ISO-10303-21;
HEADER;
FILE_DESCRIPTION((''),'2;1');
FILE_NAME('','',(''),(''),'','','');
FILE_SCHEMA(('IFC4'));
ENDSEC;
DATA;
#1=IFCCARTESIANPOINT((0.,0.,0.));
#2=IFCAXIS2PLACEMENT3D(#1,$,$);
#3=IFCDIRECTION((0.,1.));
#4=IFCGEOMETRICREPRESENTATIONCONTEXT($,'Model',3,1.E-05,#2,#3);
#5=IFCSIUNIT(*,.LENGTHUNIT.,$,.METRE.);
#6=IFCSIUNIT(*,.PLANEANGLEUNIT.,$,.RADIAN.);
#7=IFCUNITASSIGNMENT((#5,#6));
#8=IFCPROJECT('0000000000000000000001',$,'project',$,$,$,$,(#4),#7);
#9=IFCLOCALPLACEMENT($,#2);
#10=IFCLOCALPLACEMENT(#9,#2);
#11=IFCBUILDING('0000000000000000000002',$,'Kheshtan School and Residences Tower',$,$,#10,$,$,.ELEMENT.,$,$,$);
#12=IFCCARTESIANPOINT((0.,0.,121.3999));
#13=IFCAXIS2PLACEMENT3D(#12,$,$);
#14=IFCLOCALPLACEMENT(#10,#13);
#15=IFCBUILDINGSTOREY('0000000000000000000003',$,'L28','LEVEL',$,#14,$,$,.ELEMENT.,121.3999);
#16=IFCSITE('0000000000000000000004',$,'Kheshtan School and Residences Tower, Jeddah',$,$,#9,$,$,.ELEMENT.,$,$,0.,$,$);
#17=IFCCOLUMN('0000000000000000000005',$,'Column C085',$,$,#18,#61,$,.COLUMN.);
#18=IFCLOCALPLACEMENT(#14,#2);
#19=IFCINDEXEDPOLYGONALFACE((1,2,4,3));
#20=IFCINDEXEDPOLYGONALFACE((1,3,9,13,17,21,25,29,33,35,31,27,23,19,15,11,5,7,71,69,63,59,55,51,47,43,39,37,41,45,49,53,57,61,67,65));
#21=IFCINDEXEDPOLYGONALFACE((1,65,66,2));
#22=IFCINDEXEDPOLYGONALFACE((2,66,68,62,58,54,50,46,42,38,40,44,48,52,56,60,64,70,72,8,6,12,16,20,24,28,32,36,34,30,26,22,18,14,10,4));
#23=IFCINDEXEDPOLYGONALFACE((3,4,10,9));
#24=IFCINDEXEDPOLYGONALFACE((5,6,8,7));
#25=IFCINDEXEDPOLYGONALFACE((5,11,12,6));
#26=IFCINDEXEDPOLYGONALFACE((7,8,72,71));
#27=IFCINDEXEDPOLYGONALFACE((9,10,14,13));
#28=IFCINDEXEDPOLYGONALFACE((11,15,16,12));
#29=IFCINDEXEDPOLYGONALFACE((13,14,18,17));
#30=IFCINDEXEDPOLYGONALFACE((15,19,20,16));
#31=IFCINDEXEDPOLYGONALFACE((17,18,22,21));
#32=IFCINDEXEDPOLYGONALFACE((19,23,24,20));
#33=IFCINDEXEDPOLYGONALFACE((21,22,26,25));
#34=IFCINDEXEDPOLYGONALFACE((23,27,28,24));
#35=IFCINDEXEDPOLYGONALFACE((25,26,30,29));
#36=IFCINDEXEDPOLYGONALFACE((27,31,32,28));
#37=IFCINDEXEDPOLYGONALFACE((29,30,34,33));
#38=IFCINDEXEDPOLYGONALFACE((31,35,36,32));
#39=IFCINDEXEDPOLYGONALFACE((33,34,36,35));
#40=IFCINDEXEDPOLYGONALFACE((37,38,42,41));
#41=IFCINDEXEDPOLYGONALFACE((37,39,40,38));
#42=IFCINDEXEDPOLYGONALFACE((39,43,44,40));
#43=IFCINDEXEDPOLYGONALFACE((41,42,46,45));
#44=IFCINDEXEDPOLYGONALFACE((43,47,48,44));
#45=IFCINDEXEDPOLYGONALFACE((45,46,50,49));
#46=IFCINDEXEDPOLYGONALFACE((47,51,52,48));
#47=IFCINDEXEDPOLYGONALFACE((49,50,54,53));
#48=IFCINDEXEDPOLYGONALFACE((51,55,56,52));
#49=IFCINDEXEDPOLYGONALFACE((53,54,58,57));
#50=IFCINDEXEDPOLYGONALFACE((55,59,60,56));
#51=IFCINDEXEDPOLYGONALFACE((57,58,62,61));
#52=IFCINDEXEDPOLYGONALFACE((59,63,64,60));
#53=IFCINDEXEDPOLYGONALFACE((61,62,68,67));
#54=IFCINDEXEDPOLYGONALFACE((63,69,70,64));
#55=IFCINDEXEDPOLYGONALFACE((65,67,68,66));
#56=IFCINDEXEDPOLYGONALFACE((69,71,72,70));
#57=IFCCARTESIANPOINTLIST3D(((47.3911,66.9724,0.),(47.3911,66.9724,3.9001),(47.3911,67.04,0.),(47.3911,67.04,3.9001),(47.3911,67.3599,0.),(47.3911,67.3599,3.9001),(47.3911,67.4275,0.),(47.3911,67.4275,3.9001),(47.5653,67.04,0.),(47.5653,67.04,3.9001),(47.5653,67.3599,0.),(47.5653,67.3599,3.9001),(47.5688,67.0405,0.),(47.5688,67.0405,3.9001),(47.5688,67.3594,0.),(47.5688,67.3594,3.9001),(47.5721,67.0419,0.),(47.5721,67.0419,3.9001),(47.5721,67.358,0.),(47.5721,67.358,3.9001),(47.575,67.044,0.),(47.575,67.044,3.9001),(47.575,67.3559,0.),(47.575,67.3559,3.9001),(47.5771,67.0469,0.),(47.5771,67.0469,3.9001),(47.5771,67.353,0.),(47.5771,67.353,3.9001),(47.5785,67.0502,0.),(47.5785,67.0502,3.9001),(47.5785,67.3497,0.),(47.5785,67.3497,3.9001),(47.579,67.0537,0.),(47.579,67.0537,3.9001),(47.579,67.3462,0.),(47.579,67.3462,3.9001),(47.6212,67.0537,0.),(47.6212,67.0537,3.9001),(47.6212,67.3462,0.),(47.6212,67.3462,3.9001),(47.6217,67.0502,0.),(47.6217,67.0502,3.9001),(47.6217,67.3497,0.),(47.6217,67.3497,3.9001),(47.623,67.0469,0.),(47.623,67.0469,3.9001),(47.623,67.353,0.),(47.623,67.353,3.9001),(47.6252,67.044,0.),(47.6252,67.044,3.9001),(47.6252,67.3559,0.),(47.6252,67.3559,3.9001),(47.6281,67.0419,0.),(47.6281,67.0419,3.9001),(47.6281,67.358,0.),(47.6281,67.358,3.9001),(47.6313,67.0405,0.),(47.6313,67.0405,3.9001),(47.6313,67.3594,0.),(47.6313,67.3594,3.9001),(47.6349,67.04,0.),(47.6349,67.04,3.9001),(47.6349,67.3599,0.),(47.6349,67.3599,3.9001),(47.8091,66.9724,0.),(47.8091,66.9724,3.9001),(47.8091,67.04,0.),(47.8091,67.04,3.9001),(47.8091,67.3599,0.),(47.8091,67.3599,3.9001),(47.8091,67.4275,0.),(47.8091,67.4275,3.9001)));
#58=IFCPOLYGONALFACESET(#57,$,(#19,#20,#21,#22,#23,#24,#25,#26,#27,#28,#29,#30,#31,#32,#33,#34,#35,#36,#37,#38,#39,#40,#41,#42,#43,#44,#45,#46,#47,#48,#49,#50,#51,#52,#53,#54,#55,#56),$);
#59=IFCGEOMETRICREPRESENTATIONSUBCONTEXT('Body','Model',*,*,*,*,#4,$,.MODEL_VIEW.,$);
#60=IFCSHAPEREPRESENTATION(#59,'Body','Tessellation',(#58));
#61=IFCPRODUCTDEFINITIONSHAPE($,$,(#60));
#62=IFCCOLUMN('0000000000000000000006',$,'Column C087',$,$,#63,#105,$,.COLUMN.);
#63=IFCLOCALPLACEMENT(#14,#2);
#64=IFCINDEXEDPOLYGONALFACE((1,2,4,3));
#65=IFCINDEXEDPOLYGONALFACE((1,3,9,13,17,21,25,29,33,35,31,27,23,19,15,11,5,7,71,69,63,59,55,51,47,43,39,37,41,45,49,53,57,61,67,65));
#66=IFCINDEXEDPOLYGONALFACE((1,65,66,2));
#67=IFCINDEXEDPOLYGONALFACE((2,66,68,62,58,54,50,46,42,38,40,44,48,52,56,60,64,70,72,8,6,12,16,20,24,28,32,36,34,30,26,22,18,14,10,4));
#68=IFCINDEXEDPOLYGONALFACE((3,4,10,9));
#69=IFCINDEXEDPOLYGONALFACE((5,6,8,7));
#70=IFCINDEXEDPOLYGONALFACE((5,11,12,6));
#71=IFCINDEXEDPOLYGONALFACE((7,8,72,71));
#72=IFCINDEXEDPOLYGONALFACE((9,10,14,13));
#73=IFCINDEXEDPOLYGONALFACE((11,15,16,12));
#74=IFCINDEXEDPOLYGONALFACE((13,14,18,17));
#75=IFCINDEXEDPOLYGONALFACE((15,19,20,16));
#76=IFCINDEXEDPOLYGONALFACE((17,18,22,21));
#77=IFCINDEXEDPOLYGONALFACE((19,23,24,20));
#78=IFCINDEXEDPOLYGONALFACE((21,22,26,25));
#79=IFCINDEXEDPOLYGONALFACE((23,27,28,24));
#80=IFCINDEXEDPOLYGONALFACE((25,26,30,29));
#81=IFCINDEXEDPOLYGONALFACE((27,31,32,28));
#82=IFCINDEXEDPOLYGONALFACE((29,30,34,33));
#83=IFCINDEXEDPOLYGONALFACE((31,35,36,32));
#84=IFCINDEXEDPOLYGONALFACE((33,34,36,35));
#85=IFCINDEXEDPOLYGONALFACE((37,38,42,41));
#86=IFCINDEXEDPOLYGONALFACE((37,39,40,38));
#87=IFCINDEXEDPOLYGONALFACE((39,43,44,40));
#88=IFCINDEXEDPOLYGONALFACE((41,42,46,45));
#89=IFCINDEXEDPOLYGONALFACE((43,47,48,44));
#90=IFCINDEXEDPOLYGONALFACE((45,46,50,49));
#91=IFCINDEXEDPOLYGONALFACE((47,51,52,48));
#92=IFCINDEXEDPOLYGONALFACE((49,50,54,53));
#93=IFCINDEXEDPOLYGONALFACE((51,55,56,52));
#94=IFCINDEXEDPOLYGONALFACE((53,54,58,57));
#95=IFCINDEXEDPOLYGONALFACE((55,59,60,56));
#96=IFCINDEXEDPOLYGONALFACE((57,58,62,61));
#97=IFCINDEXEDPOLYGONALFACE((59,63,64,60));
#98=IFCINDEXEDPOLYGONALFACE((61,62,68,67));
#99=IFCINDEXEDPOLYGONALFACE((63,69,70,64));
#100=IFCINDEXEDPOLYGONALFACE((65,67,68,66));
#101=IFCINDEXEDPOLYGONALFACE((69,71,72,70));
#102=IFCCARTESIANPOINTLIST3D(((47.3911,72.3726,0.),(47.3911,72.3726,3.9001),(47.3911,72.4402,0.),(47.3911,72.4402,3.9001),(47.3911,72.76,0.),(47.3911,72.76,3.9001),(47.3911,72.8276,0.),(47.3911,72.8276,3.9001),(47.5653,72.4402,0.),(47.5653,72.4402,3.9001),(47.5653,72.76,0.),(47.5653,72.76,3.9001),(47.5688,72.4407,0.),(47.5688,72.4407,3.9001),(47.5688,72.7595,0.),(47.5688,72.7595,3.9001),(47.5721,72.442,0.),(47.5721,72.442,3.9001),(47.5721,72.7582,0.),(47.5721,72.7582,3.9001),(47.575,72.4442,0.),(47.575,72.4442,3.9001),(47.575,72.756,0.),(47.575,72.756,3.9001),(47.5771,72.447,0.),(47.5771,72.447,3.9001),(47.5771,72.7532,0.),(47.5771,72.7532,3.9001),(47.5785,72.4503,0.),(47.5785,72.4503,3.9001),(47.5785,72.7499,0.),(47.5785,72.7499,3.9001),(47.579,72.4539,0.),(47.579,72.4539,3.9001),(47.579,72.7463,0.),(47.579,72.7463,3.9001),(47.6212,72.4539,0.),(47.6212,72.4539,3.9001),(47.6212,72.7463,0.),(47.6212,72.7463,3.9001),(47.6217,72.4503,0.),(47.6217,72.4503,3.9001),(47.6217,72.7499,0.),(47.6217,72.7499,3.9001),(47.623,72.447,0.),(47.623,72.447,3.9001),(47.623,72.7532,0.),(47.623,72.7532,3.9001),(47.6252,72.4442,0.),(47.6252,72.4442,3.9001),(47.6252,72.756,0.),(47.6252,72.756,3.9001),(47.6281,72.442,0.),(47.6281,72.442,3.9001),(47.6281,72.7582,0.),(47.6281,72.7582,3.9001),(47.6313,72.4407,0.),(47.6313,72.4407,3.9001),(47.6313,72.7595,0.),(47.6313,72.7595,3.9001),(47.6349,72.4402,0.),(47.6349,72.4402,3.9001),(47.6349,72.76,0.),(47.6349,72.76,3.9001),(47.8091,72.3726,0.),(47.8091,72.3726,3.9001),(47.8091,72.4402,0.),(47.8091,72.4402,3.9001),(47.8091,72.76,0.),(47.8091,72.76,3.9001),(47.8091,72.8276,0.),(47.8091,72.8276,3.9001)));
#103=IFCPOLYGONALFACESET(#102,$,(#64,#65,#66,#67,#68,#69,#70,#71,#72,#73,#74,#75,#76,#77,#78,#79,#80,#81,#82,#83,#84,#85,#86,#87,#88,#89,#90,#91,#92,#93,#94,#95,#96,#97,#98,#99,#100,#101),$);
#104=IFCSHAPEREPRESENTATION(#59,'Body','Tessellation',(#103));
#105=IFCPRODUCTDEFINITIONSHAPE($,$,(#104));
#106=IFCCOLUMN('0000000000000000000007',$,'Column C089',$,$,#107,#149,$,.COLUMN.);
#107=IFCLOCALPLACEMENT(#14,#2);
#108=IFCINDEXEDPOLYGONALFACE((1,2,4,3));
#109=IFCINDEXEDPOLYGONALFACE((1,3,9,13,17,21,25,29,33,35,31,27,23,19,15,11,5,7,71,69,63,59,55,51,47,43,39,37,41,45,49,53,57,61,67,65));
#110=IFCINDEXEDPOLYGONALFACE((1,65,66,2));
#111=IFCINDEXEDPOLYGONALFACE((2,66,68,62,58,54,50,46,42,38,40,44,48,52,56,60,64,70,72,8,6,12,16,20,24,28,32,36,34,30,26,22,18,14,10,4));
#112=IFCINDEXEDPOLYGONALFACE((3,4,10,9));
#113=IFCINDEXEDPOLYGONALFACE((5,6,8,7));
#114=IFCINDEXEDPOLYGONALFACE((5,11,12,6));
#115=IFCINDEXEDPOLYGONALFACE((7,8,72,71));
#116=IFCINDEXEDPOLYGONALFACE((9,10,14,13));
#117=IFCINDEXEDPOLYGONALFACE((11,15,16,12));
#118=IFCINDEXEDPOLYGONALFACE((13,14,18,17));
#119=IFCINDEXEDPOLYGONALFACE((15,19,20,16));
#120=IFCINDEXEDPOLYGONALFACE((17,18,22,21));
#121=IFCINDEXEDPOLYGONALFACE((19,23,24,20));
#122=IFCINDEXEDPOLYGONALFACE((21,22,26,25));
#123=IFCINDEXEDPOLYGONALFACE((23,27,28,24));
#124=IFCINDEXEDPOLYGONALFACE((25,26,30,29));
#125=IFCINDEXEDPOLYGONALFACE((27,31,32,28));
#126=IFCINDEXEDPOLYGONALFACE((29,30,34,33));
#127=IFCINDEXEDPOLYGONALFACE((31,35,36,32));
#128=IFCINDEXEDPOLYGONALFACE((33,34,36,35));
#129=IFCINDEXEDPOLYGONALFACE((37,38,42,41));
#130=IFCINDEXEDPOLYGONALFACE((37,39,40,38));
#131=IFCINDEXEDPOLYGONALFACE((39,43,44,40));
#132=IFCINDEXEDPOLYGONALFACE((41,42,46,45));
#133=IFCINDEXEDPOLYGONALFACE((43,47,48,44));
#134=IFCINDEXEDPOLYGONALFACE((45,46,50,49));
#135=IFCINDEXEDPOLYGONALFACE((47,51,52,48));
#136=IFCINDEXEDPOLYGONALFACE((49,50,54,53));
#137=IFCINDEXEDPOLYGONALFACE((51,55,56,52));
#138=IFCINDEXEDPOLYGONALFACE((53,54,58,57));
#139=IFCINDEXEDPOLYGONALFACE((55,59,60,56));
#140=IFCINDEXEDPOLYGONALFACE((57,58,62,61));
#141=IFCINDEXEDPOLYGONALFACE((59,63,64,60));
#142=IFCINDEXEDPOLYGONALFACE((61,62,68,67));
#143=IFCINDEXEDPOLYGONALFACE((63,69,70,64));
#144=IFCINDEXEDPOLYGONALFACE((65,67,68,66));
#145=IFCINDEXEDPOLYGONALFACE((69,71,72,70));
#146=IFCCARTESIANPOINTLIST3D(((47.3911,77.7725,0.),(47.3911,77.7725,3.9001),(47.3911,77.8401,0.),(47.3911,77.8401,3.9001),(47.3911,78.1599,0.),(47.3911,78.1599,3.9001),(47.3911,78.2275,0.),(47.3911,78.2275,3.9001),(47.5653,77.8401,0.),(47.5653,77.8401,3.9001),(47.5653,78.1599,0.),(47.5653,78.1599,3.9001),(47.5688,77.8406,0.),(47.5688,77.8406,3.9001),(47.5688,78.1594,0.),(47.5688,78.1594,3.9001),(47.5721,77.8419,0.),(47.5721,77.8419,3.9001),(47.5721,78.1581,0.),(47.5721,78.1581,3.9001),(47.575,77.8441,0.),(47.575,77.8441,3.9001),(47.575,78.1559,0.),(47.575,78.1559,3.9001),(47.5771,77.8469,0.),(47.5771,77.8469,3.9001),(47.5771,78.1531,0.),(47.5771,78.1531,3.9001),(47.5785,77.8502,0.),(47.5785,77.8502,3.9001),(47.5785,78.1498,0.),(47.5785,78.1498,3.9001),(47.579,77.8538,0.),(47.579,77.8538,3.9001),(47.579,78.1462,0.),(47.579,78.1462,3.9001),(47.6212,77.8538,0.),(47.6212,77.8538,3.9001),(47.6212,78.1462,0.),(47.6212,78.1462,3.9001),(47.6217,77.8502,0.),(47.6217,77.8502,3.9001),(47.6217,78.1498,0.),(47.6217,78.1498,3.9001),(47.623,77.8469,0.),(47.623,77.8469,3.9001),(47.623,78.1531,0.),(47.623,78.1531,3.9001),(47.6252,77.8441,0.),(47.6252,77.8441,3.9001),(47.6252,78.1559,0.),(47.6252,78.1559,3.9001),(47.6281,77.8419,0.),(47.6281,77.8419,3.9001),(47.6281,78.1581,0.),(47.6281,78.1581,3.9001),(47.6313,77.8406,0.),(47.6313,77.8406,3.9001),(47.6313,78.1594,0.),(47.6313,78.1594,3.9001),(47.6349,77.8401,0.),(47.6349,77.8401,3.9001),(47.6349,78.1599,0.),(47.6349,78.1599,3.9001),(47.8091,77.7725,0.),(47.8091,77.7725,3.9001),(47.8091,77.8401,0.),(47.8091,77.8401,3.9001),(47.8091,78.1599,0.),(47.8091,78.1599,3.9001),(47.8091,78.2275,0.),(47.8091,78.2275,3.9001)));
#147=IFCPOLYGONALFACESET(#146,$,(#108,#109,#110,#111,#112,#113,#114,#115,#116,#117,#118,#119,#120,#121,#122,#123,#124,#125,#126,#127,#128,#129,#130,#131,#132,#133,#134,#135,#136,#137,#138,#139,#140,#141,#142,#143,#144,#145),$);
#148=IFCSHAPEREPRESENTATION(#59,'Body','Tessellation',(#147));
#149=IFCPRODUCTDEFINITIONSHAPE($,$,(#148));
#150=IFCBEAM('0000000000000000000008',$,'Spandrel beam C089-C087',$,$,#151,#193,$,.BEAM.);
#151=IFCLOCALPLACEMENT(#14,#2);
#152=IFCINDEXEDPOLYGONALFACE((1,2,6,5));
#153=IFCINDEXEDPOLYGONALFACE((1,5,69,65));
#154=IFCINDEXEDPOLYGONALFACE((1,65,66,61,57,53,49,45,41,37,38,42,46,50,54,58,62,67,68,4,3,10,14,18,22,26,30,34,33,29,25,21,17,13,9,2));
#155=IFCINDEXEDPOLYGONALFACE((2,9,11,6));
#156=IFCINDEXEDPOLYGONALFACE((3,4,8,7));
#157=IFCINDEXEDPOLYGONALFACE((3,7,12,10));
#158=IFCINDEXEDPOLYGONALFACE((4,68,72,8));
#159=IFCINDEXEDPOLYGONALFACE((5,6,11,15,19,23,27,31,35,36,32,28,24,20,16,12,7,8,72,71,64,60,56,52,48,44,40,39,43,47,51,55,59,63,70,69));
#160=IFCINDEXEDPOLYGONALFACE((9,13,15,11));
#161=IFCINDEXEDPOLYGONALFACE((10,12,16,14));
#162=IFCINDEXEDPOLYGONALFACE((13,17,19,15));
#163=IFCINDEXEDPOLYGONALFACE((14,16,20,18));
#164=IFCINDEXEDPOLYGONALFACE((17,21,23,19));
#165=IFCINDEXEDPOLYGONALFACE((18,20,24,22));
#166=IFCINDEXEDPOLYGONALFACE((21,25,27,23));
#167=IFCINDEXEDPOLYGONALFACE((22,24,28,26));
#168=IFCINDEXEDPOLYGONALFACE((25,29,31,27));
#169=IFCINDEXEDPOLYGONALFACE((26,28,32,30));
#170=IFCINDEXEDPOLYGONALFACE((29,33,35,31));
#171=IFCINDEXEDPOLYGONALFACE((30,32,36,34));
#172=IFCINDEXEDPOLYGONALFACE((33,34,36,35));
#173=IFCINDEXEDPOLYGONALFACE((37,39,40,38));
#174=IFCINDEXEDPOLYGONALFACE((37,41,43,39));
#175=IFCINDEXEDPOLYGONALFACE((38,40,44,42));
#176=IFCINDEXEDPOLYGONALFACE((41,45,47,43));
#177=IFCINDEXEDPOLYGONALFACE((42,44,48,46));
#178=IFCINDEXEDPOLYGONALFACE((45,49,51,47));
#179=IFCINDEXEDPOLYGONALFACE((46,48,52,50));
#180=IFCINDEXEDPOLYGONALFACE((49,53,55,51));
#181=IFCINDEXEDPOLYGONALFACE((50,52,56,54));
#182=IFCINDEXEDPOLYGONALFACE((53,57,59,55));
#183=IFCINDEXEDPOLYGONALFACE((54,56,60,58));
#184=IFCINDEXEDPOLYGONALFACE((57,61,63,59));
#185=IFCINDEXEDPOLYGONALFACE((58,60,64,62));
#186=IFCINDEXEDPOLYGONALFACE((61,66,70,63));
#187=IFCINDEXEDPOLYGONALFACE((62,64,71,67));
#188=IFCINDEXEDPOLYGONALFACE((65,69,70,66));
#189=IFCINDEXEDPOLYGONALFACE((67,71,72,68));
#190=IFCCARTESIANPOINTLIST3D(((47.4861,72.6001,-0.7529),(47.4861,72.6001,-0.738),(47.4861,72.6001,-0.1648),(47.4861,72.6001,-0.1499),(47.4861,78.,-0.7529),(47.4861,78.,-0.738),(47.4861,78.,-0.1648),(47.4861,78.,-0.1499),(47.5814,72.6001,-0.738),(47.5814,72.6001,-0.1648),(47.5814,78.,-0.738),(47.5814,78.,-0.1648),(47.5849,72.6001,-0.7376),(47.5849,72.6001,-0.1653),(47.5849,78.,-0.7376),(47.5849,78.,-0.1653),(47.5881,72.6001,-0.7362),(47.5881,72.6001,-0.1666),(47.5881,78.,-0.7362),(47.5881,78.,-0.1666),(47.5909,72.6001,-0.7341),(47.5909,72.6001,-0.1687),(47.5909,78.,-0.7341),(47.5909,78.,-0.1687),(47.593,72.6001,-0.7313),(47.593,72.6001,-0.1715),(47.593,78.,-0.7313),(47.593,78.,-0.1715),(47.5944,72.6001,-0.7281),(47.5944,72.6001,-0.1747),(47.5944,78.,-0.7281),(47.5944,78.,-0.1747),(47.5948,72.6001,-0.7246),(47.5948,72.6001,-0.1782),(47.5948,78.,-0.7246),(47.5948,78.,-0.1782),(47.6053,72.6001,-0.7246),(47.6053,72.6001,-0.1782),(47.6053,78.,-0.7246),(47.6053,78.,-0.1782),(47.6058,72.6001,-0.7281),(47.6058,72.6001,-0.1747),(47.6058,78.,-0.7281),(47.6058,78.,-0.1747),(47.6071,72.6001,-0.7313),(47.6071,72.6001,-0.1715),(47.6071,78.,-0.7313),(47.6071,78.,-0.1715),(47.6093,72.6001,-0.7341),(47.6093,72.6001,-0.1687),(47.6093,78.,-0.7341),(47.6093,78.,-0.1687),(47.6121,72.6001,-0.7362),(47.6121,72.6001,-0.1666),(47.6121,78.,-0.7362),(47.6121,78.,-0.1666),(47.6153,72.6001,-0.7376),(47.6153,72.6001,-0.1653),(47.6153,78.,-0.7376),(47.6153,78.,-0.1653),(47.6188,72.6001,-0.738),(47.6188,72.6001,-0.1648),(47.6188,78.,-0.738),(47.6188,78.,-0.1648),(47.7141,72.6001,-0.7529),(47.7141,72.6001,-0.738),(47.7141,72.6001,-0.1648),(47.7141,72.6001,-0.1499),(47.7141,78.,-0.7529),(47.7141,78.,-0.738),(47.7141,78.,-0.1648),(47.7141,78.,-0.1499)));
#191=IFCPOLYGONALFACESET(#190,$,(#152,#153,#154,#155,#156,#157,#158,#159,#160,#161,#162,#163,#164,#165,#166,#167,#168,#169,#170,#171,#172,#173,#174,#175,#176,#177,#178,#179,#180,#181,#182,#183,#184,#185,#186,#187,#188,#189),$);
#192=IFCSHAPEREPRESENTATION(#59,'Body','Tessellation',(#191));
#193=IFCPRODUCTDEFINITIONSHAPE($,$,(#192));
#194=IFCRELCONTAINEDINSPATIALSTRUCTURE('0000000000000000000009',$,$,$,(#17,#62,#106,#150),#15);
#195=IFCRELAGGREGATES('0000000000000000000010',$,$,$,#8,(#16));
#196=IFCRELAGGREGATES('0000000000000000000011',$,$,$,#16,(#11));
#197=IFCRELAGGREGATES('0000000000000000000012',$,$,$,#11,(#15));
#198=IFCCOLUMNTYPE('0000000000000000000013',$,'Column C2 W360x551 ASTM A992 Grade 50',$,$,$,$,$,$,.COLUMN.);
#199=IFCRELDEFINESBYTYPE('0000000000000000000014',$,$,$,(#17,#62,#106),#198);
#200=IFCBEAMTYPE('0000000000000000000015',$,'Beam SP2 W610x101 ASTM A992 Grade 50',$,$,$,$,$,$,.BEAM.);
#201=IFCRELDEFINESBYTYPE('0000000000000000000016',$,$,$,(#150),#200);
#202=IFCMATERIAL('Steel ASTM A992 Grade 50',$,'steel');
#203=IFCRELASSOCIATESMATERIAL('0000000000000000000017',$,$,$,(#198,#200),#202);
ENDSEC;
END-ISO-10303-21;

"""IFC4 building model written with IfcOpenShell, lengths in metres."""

from ifc_helpers import new_model, si_unit, direction, frame, origin, origin_2d, place, context, subcontext, project, spatial, i_section, extrude, material, material_profile, profile_set, type_object, element, save


model = new_model("IFC4")

# Units and contexts
model_context = context("Model", 3, precision=1e-05, world=origin(), true_north=direction((0.0, 1.0)))
body_context = subcontext(model_context, "Body", "Model", "MODEL_VIEW")
ifc_project = project(units=[si_unit("LENGTHUNIT", "METRE"), si_unit("PLANEANGLEUNIT", "RADIAN")], contexts=[model_context])

# Site, building, storey
site_placement = place(None, origin())
site = spatial("IfcSite", under=ifc_project, at=site_placement, Name="Kheshtan School and Residences Tower, Jeddah", CompositionType="ELEMENT", RefElevation=0.0)
building_placement = place(site_placement, origin())
building = spatial("IfcBuilding", under=site, at=building_placement, Name="Kheshtan School and Residences Tower", CompositionType="ELEMENT")
storey_placement = place(building_placement, frame((0.0, 0.0, 121.3999)))
storey = spatial("IfcBuildingStorey", under=building, at=storey_placement, Name="L28", Description="LEVEL", CompositionType="ELEMENT", Elevation=121.3999)

# Columns
ifc_material_1 = material(Name="Steel ASTM A992 Grade 50", Category="steel")
ifc_material_profile_1 = material_profile(ifc_material_1, i_section(OverallWidth=0.418, OverallDepth=0.4551, WebThickness=0.0422, FlangeThickness=0.0676, FilletRadius=0.0137, at=origin_2d()), Name="W360x551")
ifc_profile_set_1 = profile_set([ifc_material_profile_1], Name="Steel ASTM A992 Grade 50")
column_type = type_object("IfcColumnType", Name="Column C2 W360x551 ASTM A992 Grade 50", PredefinedType="COLUMN", material=ifc_profile_set_1)
for number, where, z_axis, x_axis, name in (
    (1, (47.6001, 67.2, 0.0), (0.0, 0.0, 1.0), (1.0, 0.0, 0.0), "Column C085"),
    (2, (47.6001, 72.6001, 0.0), (0.0, 0.0, 1.0), (1.0, 0.0, 0.0), "Column C087"),
    (3, (47.6001, 78.0, 0.0), (0.0, 0.0, 1.0), (1.0, 0.0, 0.0), "Column C089"),
):
    element("IfcColumn", number, at=place(storey_placement, frame(where, z_axis=z_axis, x_axis=x_axis)), inside=storey, type_object=column_type, Name=name, PredefinedType="COLUMN", context=body_context, shape_type="SweptSolid", body=[
        extrude(i_section(OverallWidth=0.418, OverallDepth=0.4551, WebThickness=0.0422, FlangeThickness=0.0676, FilletRadius=0.0137, at=origin_2d()), origin(), (0.0, 0.0, 1.0), 3.9001),
    ])

# Beam
ifc_material_profile_2 = material_profile(ifc_material_1, i_section(OverallWidth=0.228, OverallDepth=0.603, WebThickness=0.0105, FlangeThickness=0.0149, FilletRadius=0.0134, at=origin_2d()), Name="W610x101")
ifc_profile_set_2 = profile_set([ifc_material_profile_2], Name="Steel ASTM A992 Grade 50")
beam_type = type_object("IfcBeamType", Name="Beam SP2 W610x101 ASTM A992 Grade 50", PredefinedType="BEAM", material=ifc_profile_set_2)
beam_1_placement = place(storey_placement, frame((47.6001, 78.0, -0.4514), z_axis=(0.0, -1.0, 0.0), x_axis=(1.0, 0.0, 0.0)))
element("IfcBeam", 4, at=beam_1_placement, inside=storey, type_object=beam_type, Name="Spandrel beam C089-C087", PredefinedType="BEAM", context=body_context, shape_type="SweptSolid", body=[
    extrude(i_section(OverallWidth=0.228, OverallDepth=0.603, WebThickness=0.0105, FlangeThickness=0.0149, FilletRadius=0.0134, at=origin_2d()), origin(), (0.0, 0.0, 1.0), 5.3999),
])

save(model, "model.ifc")
